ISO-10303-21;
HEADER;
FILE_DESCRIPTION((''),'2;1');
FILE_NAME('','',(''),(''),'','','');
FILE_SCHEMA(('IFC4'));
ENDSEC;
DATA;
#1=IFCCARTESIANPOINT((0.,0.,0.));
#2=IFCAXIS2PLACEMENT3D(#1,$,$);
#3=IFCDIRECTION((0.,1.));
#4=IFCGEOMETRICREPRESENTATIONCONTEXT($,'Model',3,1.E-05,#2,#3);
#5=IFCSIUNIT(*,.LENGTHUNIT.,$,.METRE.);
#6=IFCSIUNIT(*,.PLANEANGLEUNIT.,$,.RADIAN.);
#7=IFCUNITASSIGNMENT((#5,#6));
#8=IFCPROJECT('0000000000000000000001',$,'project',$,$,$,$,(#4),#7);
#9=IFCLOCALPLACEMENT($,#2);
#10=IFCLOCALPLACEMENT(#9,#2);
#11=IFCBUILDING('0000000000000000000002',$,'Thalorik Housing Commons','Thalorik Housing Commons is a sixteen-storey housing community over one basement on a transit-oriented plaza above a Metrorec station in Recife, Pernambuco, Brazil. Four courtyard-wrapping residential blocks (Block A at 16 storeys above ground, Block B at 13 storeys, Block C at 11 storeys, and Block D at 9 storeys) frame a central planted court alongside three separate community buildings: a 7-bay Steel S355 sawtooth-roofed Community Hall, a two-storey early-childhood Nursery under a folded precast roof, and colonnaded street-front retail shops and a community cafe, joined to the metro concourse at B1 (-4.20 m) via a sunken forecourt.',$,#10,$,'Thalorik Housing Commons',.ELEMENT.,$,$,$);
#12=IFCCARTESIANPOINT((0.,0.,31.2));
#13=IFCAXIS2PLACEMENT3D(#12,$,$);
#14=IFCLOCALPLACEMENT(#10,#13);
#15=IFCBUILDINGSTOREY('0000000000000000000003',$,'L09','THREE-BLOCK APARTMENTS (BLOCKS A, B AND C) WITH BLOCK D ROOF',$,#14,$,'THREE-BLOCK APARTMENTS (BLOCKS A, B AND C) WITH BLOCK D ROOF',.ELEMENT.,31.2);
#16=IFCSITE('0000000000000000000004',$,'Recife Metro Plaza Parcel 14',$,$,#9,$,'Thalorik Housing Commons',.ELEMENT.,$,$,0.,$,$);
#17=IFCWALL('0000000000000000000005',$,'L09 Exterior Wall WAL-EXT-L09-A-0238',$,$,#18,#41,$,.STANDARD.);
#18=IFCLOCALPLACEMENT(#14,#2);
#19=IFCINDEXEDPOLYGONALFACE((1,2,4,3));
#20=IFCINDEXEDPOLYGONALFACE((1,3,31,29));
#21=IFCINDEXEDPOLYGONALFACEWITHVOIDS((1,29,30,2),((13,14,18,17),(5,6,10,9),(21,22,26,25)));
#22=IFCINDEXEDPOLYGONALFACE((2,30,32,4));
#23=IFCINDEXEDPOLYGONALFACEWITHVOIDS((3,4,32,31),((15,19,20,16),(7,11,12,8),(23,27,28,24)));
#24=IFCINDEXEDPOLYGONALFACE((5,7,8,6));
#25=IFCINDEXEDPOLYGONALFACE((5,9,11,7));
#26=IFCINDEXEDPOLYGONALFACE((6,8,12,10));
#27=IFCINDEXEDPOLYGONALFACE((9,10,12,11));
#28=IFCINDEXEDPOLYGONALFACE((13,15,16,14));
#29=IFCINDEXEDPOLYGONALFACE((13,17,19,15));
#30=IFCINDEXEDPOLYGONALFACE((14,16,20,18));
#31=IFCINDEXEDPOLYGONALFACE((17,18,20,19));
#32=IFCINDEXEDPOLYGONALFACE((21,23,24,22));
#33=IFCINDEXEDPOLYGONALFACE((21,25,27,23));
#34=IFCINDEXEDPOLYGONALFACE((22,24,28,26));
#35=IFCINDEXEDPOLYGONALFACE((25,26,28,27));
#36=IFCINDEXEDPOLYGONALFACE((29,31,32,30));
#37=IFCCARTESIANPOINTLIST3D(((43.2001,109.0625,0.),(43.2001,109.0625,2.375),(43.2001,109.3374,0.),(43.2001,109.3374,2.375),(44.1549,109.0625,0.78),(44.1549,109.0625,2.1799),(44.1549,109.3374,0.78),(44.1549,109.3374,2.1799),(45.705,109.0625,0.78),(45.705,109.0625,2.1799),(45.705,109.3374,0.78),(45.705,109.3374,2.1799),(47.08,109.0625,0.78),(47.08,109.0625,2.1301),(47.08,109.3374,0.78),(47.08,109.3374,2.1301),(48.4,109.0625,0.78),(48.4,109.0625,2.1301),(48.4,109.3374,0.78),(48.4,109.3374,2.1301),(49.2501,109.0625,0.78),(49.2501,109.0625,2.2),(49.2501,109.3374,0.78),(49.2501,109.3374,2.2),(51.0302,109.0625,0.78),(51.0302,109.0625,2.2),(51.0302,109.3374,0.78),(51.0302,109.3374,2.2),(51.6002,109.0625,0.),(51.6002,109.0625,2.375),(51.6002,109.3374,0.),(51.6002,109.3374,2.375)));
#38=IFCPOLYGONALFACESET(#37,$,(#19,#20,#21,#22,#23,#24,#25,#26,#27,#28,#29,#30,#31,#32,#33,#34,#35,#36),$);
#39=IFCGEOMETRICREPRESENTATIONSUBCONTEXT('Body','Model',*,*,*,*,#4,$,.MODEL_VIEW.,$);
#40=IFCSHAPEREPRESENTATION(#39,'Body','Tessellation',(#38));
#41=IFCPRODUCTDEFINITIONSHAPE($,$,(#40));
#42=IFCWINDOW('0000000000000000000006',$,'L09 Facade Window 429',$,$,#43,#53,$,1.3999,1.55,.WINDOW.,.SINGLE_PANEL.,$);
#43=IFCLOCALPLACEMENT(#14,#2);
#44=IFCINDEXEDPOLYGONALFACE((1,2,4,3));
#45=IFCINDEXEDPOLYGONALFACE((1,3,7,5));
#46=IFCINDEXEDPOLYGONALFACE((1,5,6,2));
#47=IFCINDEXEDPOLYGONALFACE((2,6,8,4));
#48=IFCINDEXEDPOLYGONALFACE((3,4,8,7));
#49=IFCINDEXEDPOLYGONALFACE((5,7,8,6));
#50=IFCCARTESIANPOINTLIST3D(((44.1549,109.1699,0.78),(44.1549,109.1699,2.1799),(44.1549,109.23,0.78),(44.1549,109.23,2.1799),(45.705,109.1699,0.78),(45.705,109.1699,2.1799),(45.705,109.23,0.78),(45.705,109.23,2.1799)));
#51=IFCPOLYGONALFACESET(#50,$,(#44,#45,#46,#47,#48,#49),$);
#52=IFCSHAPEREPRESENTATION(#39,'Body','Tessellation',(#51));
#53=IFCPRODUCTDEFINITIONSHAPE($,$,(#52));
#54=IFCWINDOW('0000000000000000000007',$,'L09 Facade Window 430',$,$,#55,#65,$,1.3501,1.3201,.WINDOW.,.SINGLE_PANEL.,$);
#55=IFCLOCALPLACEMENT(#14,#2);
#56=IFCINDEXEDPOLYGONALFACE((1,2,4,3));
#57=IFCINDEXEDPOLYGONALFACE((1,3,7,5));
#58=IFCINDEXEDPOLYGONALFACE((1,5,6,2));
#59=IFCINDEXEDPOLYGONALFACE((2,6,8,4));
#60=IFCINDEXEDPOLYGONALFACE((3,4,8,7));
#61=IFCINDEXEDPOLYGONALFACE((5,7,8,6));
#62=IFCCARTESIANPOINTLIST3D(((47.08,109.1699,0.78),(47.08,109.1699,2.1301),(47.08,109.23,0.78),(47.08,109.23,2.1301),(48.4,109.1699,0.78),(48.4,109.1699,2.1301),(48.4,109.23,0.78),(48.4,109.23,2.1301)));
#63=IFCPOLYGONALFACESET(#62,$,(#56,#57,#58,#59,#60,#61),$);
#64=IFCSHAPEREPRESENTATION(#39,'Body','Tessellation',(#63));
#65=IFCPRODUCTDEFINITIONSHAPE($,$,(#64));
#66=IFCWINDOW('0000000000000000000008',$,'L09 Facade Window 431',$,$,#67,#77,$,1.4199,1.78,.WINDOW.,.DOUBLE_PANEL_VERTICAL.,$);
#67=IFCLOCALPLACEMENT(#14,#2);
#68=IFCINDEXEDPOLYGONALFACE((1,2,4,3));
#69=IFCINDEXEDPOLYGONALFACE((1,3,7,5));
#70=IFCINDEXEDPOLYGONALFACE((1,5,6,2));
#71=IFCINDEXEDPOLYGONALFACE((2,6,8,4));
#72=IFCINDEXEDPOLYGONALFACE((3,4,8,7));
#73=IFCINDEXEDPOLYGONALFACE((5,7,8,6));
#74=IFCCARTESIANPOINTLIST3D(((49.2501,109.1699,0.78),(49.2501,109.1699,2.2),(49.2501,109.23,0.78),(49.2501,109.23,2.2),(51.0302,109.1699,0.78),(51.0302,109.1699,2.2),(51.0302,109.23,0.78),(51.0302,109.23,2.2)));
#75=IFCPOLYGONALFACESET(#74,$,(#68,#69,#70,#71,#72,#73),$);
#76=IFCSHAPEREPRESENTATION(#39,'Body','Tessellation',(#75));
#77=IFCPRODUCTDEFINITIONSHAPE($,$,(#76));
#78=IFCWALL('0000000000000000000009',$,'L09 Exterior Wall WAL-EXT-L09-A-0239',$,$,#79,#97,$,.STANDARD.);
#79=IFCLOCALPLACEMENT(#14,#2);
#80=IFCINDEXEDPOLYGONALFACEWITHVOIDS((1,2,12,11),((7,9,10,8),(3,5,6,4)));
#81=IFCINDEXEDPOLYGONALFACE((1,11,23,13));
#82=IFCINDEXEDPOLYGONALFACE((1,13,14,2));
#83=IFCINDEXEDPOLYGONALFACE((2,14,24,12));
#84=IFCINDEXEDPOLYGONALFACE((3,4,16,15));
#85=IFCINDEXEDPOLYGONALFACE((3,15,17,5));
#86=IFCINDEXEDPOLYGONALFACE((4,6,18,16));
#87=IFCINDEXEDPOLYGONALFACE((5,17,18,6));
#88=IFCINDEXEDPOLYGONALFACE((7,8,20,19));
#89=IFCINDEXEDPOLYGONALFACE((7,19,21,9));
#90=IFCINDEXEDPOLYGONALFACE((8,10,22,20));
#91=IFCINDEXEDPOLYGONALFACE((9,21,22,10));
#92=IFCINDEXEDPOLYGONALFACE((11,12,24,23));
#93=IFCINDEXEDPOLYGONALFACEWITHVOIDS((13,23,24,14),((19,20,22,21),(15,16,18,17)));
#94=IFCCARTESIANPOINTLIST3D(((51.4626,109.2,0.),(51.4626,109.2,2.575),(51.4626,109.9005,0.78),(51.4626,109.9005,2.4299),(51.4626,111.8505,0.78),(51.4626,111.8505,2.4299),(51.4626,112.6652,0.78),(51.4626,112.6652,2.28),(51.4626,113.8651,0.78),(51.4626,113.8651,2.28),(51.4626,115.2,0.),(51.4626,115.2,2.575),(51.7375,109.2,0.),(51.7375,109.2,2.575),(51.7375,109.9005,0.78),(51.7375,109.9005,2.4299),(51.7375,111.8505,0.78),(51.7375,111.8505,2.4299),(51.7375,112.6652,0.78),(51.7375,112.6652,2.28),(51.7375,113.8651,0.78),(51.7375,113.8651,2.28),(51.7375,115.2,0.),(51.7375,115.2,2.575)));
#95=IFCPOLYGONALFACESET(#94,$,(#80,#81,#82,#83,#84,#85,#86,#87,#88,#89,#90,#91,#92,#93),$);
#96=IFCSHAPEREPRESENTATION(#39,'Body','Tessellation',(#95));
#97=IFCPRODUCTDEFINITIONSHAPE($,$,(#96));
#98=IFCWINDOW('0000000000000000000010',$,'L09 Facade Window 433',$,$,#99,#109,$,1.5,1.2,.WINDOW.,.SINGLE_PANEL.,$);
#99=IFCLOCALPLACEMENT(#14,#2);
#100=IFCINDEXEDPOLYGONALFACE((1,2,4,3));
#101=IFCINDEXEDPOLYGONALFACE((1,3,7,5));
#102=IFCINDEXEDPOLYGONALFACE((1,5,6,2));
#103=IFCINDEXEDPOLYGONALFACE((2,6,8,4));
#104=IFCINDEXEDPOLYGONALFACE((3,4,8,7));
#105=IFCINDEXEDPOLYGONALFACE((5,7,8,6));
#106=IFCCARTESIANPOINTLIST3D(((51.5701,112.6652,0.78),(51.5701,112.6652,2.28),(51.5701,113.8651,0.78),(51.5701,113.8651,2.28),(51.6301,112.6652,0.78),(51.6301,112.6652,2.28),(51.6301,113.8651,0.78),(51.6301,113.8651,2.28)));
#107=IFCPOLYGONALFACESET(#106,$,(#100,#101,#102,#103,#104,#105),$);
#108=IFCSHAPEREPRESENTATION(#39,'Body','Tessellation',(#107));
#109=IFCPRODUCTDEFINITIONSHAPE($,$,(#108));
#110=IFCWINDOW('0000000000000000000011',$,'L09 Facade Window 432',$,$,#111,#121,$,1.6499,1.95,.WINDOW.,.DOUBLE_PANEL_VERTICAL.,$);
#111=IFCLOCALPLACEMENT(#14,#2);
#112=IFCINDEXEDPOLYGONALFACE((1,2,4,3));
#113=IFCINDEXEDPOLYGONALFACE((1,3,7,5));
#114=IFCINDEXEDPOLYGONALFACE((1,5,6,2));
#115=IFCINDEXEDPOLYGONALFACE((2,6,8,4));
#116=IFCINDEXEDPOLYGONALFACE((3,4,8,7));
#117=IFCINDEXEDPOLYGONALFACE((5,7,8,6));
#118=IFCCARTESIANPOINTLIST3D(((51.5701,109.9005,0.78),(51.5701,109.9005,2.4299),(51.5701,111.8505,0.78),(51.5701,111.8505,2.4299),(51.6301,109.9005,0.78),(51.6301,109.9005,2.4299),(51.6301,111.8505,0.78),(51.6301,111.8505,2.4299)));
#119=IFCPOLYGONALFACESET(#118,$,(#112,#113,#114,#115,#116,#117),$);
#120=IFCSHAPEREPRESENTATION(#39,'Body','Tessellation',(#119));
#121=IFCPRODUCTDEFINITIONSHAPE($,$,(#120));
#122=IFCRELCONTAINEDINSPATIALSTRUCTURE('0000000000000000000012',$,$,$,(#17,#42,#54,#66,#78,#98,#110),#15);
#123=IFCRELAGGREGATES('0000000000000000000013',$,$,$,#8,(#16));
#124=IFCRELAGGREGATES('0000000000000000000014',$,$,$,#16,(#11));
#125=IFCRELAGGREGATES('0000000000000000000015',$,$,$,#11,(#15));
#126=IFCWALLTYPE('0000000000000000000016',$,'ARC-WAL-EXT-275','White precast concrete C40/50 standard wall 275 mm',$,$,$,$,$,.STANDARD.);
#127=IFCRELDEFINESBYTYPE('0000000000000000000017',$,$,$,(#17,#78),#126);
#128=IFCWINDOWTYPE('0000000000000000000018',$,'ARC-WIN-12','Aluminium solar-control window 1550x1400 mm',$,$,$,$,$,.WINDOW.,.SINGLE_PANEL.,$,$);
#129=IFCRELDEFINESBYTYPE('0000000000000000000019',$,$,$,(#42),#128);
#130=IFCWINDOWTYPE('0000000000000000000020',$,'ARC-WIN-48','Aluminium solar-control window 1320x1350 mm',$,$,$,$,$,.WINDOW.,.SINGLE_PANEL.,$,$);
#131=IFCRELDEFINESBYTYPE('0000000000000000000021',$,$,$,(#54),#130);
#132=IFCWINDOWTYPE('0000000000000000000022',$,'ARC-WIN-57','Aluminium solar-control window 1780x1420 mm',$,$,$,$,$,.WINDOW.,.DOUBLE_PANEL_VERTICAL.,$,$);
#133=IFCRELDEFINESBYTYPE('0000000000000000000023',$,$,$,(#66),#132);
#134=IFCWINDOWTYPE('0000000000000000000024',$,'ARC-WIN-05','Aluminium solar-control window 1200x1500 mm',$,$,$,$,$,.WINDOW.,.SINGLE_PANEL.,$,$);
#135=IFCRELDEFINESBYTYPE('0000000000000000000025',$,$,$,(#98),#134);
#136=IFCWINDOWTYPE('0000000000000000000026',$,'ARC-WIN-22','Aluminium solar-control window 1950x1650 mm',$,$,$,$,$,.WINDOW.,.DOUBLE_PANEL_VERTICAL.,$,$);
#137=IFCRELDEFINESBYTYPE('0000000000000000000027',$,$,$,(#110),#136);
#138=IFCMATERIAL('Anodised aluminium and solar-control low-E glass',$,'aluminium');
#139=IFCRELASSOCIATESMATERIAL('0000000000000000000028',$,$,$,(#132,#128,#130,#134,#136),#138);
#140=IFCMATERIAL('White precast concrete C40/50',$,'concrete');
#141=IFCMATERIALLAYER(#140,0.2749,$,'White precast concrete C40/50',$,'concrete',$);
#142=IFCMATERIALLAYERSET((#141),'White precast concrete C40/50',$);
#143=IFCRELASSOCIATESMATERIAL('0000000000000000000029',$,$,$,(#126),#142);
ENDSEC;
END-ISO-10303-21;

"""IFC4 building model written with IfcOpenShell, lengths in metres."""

from ifc_helpers import new_model, si_unit, direction, frame, frame_2d, origin, place, context, subcontext, project, spatial, rectangle, extrude, material, layer, layer_set, type_object, element, fill, save


model = new_model("IFC4")

# Units and contexts
model_context = context("Model", 3, precision=1e-05, world=origin(), true_north=direction((0.0, 1.0)))
body_context = subcontext(model_context, "Body", "Model", "MODEL_VIEW")
ifc_project = project(units=[si_unit("LENGTHUNIT", "METRE"), si_unit("PLANEANGLEUNIT", "RADIAN")], contexts=[model_context])

# Site, building, storey
site_placement = place(None, origin())
site = spatial("IfcSite", under=ifc_project, at=site_placement, Name="Recife Metro Plaza Parcel 14", LongName="Thalorik Housing Commons", CompositionType="ELEMENT", RefElevation=0.0)
building_placement = place(site_placement, origin())
building = spatial("IfcBuilding", under=site, at=building_placement, Name="Thalorik Housing Commons", Description="Thalorik Housing Commons is a sixteen-storey housing community over one basement on a transit-oriented plaza above a Metrorec station in Recife, Pernambuco, Brazil. Four courtyard-wrapping residential blocks (Block A at 16 storeys above ground, Block B at 13 storeys, Block C at 11 storeys, and Block D at 9 storeys) frame a central planted court alongside three separate community buildings: a 7-bay Steel S355 sawtooth-roofed Community Hall, a two-storey early-childhood Nursery under a folded precast roof, and colonnaded street-front retail shops and a community cafe, joined to the metro concourse at B1 (-4.20 m) via a sunken forecourt.", LongName="Thalorik Housing Commons", CompositionType="ELEMENT")
storey_placement = place(building_placement, frame((0.0, 0.0, 31.2)))
storey = spatial("IfcBuildingStorey", under=building, at=storey_placement, Name="L09", Description="THREE-BLOCK APARTMENTS (BLOCKS A, B AND C) WITH BLOCK D ROOF", LongName="THREE-BLOCK APARTMENTS (BLOCKS A, B AND C) WITH BLOCK D ROOF", CompositionType="ELEMENT", Elevation=31.2)

# Walls, openings, windows
ifc_material_1 = material(Name="White precast concrete C40/50", Category="concrete")
ifc_material_2 = material(Name="Anodised aluminium and solar-control low-E glass", Category="aluminium")
window_type_1 = type_object("IfcWindowType", Name="ARC-WIN-57", Description="Aluminium solar-control window 1780x1420 mm", PartitioningType="DOUBLE_PANEL_VERTICAL", PredefinedType="WINDOW", material=ifc_material_2)
ifc_layer_1 = layer(ifc_material_1, 0.2749, Name="White precast concrete C40/50", Category="concrete")
ifc_layer_set_1 = layer_set([ifc_layer_1], Name="White precast concrete C40/50")
wall_type_1 = type_object("IfcWallType", Name="ARC-WAL-EXT-275", Description="White precast concrete C40/50 standard wall 275 mm", PredefinedType="STANDARD", material=ifc_layer_set_1)
wall_1_placement = place(storey_placement, frame((43.2, 109.2, 0.0), z_axis=(0.0, 0.0, 1.0), x_axis=(1.0, 0.0, 0.0)))
wall_1 = element("IfcWall", 1, at=wall_1_placement, inside=storey, type_object=wall_type_1, Name="L09 Exterior Wall WAL-EXT-L09-A-0238", PredefinedType="STANDARD", context=body_context, shape_type="SweptSolid", body=[
    extrude(rectangle(XDim=8.4001, YDim=0.2749, at=frame_2d((4.2002, 0.0))), origin(), (0.0, 0.0, 1.0), 2.375),
])
opening_1_placement = place(wall_1_placement, frame((0.9551, 0.0, 0.78)))
opening_1 = element("IfcOpeningElement", 2, at=opening_1_placement, cuts=wall_1, PredefinedType="OPENING", context=body_context, shape_type="SweptSolid", body=[
    extrude(rectangle(XDim=1.55, YDim=1.3999, at=frame_2d((0.7749, 0.7))), frame((0.0, 0.1475, 0.0), z_axis=(0.0, -1.0, 0.0), x_axis=(1.0, 0.0, 0.0)), (0.0, 0.0, 1.0), 0.2949),
])
opening_2_placement = place(wall_1_placement, frame((3.8799, 0.0, 0.78)))
opening_2 = element("IfcOpeningElement", 3, at=opening_2_placement, cuts=wall_1, PredefinedType="OPENING", context=body_context, shape_type="SweptSolid", body=[
    extrude(rectangle(XDim=1.3201, YDim=1.3501, at=frame_2d((0.6602, 0.675))), frame((0.0, 0.1475, 0.0), z_axis=(0.0, -1.0, 0.0), x_axis=(1.0, 0.0, 0.0)), (0.0, 0.0, 1.0), 0.2949),
])
opening_3_placement = place(wall_1_placement, frame((6.05, 0.0, 0.78)))
opening_3 = element("IfcOpeningElement", 4, at=opening_3_placement, cuts=wall_1, PredefinedType="OPENING", context=body_context, shape_type="SweptSolid", body=[
    extrude(rectangle(XDim=1.78, YDim=1.4199, at=frame_2d((0.8901, 0.71))), frame((0.0, 0.1475, 0.0), z_axis=(0.0, -1.0, 0.0), x_axis=(1.0, 0.0, 0.0)), (0.0, 0.0, 1.0), 0.2949),
])
window_type_2 = type_object("IfcWindowType", Name="ARC-WIN-12", Description="Aluminium solar-control window 1550x1400 mm", PartitioningType="SINGLE_PANEL", PredefinedType="WINDOW", material=ifc_material_2)
window_1_placement = place(opening_1_placement, origin())
window_1 = element("IfcWindow", 5, at=window_1_placement, inside=storey, type_object=window_type_2, Name="L09 Facade Window 429", OverallHeight=1.3999, OverallWidth=1.55, PartitioningType="SINGLE_PANEL", PredefinedType="WINDOW", context=body_context, shape_type="SweptSolid", body=[
    extrude(rectangle(XDim=1.55, YDim=1.3999, at=frame_2d((0.7749, 0.7))), frame((0.0, 0.03, 0.0), z_axis=(0.0, -1.0, 0.0), x_axis=(1.0, 0.0, 0.0)), (0.0, 0.0, 1.0), 0.0601),
])
fill(opening_1, window_1)
window_type_3 = type_object("IfcWindowType", Name="ARC-WIN-48", Description="Aluminium solar-control window 1320x1350 mm", PartitioningType="SINGLE_PANEL", PredefinedType="WINDOW", material=ifc_material_2)
window_2_placement = place(opening_2_placement, origin())
window_2 = element("IfcWindow", 6, at=window_2_placement, inside=storey, type_object=window_type_3, Name="L09 Facade Window 430", OverallHeight=1.3501, OverallWidth=1.3201, PartitioningType="SINGLE_PANEL", PredefinedType="WINDOW", context=body_context, shape_type="SweptSolid", body=[
    extrude(rectangle(XDim=1.3201, YDim=1.3501, at=frame_2d((0.6602, 0.675))), frame((0.0, 0.03, 0.0), z_axis=(0.0, -1.0, 0.0), x_axis=(1.0, 0.0, 0.0)), (0.0, 0.0, 1.0), 0.0601),
])
fill(opening_2, window_2)
window_3_placement = place(opening_3_placement, origin())
window_3 = element("IfcWindow", 7, at=window_3_placement, inside=storey, type_object=window_type_1, Name="L09 Facade Window 431", OverallHeight=1.4199, OverallWidth=1.78, PartitioningType="DOUBLE_PANEL_VERTICAL", PredefinedType="WINDOW", context=body_context, shape_type="SweptSolid", body=[
    extrude(rectangle(XDim=1.78, YDim=1.4199, at=frame_2d((0.8901, 0.71))), frame((0.0, 0.03, 0.0), z_axis=(0.0, -1.0, 0.0), x_axis=(1.0, 0.0, 0.0)), (0.0, 0.0, 1.0), 0.0601),
])
fill(opening_3, window_3)
wall_2_placement = place(storey_placement, frame((51.6001, 109.2, 0.0), z_axis=(0.0, 0.0, 1.0), x_axis=(0.0, 1.0, 0.0)))
wall_2 = element("IfcWall", 8, at=wall_2_placement, inside=storey, type_object=wall_type_1, Name="L09 Exterior Wall WAL-EXT-L09-A-0239", PredefinedType="STANDARD", context=body_context, shape_type="SweptSolid", body=[
    extrude(rectangle(XDim=6.0, YDim=0.2749, at=frame_2d((3.0, 0.0))), origin(), (0.0, 0.0, 1.0), 2.575),
])
opening_4_placement = place(wall_2_placement, frame((0.7004, 0.0, 0.78)))
opening_4 = element("IfcOpeningElement", 9, at=opening_4_placement, cuts=wall_2, PredefinedType="OPENING", context=body_context, shape_type="SweptSolid", body=[
    extrude(rectangle(XDim=1.95, YDim=1.6499, at=frame_2d((0.9751, 0.825))), frame((0.0, 0.1475, 0.0), z_axis=(0.0, -1.0, 0.0), x_axis=(1.0, 0.0, 0.0)), (0.0, 0.0, 1.0), 0.2949),
])
opening_5_placement = place(wall_2_placement, frame((3.4651, 0.0, 0.78)))
opening_5 = element("IfcOpeningElement", 10, at=opening_5_placement, cuts=wall_2, PredefinedType="OPENING", context=body_context, shape_type="SweptSolid", body=[
    extrude(rectangle(XDim=1.2, YDim=1.5, at=frame_2d((0.6001, 0.75))), frame((0.0, 0.1475, 0.0), z_axis=(0.0, -1.0, 0.0), x_axis=(1.0, 0.0, 0.0)), (0.0, 0.0, 1.0), 0.2949),
])
window_type_4 = type_object("IfcWindowType", Name="ARC-WIN-05", Description="Aluminium solar-control window 1200x1500 mm", PartitioningType="SINGLE_PANEL", PredefinedType="WINDOW", material=ifc_material_2)
window_4_placement = place(opening_5_placement, origin())
window_4 = element("IfcWindow", 11, at=window_4_placement, inside=storey, type_object=window_type_4, Name="L09 Facade Window 433", OverallHeight=1.5, OverallWidth=1.2, PartitioningType="SINGLE_PANEL", PredefinedType="WINDOW", context=body_context, shape_type="SweptSolid", body=[
    extrude(rectangle(XDim=1.2, YDim=1.5, at=frame_2d((0.6001, 0.75))), frame((0.0, 0.03, 0.0), z_axis=(0.0, -1.0, 0.0), x_axis=(1.0, 0.0, 0.0)), (0.0, 0.0, 1.0), 0.0601),
])
fill(opening_5, window_4)
window_type_5 = type_object("IfcWindowType", Name="ARC-WIN-22", Description="Aluminium solar-control window 1950x1650 mm", PartitioningType="DOUBLE_PANEL_VERTICAL", PredefinedType="WINDOW", material=ifc_material_2)
window_5_placement = place(opening_4_placement, origin())
window_5 = element("IfcWindow", 12, at=window_5_placement, inside=storey, type_object=window_type_5, Name="L09 Facade Window 432", OverallHeight=1.6499, OverallWidth=1.95, PartitioningType="DOUBLE_PANEL_VERTICAL", PredefinedType="WINDOW", context=body_context, shape_type="SweptSolid", body=[
    extrude(rectangle(XDim=1.95, YDim=1.6499, at=frame_2d((0.9751, 0.825))), frame((0.0, 0.03, 0.0), z_axis=(0.0, -1.0, 0.0), x_axis=(1.0, 0.0, 0.0)), (0.0, 0.0, 1.0), 0.0601),
])
fill(opening_4, window_5)

save(model, "model.ifc")
